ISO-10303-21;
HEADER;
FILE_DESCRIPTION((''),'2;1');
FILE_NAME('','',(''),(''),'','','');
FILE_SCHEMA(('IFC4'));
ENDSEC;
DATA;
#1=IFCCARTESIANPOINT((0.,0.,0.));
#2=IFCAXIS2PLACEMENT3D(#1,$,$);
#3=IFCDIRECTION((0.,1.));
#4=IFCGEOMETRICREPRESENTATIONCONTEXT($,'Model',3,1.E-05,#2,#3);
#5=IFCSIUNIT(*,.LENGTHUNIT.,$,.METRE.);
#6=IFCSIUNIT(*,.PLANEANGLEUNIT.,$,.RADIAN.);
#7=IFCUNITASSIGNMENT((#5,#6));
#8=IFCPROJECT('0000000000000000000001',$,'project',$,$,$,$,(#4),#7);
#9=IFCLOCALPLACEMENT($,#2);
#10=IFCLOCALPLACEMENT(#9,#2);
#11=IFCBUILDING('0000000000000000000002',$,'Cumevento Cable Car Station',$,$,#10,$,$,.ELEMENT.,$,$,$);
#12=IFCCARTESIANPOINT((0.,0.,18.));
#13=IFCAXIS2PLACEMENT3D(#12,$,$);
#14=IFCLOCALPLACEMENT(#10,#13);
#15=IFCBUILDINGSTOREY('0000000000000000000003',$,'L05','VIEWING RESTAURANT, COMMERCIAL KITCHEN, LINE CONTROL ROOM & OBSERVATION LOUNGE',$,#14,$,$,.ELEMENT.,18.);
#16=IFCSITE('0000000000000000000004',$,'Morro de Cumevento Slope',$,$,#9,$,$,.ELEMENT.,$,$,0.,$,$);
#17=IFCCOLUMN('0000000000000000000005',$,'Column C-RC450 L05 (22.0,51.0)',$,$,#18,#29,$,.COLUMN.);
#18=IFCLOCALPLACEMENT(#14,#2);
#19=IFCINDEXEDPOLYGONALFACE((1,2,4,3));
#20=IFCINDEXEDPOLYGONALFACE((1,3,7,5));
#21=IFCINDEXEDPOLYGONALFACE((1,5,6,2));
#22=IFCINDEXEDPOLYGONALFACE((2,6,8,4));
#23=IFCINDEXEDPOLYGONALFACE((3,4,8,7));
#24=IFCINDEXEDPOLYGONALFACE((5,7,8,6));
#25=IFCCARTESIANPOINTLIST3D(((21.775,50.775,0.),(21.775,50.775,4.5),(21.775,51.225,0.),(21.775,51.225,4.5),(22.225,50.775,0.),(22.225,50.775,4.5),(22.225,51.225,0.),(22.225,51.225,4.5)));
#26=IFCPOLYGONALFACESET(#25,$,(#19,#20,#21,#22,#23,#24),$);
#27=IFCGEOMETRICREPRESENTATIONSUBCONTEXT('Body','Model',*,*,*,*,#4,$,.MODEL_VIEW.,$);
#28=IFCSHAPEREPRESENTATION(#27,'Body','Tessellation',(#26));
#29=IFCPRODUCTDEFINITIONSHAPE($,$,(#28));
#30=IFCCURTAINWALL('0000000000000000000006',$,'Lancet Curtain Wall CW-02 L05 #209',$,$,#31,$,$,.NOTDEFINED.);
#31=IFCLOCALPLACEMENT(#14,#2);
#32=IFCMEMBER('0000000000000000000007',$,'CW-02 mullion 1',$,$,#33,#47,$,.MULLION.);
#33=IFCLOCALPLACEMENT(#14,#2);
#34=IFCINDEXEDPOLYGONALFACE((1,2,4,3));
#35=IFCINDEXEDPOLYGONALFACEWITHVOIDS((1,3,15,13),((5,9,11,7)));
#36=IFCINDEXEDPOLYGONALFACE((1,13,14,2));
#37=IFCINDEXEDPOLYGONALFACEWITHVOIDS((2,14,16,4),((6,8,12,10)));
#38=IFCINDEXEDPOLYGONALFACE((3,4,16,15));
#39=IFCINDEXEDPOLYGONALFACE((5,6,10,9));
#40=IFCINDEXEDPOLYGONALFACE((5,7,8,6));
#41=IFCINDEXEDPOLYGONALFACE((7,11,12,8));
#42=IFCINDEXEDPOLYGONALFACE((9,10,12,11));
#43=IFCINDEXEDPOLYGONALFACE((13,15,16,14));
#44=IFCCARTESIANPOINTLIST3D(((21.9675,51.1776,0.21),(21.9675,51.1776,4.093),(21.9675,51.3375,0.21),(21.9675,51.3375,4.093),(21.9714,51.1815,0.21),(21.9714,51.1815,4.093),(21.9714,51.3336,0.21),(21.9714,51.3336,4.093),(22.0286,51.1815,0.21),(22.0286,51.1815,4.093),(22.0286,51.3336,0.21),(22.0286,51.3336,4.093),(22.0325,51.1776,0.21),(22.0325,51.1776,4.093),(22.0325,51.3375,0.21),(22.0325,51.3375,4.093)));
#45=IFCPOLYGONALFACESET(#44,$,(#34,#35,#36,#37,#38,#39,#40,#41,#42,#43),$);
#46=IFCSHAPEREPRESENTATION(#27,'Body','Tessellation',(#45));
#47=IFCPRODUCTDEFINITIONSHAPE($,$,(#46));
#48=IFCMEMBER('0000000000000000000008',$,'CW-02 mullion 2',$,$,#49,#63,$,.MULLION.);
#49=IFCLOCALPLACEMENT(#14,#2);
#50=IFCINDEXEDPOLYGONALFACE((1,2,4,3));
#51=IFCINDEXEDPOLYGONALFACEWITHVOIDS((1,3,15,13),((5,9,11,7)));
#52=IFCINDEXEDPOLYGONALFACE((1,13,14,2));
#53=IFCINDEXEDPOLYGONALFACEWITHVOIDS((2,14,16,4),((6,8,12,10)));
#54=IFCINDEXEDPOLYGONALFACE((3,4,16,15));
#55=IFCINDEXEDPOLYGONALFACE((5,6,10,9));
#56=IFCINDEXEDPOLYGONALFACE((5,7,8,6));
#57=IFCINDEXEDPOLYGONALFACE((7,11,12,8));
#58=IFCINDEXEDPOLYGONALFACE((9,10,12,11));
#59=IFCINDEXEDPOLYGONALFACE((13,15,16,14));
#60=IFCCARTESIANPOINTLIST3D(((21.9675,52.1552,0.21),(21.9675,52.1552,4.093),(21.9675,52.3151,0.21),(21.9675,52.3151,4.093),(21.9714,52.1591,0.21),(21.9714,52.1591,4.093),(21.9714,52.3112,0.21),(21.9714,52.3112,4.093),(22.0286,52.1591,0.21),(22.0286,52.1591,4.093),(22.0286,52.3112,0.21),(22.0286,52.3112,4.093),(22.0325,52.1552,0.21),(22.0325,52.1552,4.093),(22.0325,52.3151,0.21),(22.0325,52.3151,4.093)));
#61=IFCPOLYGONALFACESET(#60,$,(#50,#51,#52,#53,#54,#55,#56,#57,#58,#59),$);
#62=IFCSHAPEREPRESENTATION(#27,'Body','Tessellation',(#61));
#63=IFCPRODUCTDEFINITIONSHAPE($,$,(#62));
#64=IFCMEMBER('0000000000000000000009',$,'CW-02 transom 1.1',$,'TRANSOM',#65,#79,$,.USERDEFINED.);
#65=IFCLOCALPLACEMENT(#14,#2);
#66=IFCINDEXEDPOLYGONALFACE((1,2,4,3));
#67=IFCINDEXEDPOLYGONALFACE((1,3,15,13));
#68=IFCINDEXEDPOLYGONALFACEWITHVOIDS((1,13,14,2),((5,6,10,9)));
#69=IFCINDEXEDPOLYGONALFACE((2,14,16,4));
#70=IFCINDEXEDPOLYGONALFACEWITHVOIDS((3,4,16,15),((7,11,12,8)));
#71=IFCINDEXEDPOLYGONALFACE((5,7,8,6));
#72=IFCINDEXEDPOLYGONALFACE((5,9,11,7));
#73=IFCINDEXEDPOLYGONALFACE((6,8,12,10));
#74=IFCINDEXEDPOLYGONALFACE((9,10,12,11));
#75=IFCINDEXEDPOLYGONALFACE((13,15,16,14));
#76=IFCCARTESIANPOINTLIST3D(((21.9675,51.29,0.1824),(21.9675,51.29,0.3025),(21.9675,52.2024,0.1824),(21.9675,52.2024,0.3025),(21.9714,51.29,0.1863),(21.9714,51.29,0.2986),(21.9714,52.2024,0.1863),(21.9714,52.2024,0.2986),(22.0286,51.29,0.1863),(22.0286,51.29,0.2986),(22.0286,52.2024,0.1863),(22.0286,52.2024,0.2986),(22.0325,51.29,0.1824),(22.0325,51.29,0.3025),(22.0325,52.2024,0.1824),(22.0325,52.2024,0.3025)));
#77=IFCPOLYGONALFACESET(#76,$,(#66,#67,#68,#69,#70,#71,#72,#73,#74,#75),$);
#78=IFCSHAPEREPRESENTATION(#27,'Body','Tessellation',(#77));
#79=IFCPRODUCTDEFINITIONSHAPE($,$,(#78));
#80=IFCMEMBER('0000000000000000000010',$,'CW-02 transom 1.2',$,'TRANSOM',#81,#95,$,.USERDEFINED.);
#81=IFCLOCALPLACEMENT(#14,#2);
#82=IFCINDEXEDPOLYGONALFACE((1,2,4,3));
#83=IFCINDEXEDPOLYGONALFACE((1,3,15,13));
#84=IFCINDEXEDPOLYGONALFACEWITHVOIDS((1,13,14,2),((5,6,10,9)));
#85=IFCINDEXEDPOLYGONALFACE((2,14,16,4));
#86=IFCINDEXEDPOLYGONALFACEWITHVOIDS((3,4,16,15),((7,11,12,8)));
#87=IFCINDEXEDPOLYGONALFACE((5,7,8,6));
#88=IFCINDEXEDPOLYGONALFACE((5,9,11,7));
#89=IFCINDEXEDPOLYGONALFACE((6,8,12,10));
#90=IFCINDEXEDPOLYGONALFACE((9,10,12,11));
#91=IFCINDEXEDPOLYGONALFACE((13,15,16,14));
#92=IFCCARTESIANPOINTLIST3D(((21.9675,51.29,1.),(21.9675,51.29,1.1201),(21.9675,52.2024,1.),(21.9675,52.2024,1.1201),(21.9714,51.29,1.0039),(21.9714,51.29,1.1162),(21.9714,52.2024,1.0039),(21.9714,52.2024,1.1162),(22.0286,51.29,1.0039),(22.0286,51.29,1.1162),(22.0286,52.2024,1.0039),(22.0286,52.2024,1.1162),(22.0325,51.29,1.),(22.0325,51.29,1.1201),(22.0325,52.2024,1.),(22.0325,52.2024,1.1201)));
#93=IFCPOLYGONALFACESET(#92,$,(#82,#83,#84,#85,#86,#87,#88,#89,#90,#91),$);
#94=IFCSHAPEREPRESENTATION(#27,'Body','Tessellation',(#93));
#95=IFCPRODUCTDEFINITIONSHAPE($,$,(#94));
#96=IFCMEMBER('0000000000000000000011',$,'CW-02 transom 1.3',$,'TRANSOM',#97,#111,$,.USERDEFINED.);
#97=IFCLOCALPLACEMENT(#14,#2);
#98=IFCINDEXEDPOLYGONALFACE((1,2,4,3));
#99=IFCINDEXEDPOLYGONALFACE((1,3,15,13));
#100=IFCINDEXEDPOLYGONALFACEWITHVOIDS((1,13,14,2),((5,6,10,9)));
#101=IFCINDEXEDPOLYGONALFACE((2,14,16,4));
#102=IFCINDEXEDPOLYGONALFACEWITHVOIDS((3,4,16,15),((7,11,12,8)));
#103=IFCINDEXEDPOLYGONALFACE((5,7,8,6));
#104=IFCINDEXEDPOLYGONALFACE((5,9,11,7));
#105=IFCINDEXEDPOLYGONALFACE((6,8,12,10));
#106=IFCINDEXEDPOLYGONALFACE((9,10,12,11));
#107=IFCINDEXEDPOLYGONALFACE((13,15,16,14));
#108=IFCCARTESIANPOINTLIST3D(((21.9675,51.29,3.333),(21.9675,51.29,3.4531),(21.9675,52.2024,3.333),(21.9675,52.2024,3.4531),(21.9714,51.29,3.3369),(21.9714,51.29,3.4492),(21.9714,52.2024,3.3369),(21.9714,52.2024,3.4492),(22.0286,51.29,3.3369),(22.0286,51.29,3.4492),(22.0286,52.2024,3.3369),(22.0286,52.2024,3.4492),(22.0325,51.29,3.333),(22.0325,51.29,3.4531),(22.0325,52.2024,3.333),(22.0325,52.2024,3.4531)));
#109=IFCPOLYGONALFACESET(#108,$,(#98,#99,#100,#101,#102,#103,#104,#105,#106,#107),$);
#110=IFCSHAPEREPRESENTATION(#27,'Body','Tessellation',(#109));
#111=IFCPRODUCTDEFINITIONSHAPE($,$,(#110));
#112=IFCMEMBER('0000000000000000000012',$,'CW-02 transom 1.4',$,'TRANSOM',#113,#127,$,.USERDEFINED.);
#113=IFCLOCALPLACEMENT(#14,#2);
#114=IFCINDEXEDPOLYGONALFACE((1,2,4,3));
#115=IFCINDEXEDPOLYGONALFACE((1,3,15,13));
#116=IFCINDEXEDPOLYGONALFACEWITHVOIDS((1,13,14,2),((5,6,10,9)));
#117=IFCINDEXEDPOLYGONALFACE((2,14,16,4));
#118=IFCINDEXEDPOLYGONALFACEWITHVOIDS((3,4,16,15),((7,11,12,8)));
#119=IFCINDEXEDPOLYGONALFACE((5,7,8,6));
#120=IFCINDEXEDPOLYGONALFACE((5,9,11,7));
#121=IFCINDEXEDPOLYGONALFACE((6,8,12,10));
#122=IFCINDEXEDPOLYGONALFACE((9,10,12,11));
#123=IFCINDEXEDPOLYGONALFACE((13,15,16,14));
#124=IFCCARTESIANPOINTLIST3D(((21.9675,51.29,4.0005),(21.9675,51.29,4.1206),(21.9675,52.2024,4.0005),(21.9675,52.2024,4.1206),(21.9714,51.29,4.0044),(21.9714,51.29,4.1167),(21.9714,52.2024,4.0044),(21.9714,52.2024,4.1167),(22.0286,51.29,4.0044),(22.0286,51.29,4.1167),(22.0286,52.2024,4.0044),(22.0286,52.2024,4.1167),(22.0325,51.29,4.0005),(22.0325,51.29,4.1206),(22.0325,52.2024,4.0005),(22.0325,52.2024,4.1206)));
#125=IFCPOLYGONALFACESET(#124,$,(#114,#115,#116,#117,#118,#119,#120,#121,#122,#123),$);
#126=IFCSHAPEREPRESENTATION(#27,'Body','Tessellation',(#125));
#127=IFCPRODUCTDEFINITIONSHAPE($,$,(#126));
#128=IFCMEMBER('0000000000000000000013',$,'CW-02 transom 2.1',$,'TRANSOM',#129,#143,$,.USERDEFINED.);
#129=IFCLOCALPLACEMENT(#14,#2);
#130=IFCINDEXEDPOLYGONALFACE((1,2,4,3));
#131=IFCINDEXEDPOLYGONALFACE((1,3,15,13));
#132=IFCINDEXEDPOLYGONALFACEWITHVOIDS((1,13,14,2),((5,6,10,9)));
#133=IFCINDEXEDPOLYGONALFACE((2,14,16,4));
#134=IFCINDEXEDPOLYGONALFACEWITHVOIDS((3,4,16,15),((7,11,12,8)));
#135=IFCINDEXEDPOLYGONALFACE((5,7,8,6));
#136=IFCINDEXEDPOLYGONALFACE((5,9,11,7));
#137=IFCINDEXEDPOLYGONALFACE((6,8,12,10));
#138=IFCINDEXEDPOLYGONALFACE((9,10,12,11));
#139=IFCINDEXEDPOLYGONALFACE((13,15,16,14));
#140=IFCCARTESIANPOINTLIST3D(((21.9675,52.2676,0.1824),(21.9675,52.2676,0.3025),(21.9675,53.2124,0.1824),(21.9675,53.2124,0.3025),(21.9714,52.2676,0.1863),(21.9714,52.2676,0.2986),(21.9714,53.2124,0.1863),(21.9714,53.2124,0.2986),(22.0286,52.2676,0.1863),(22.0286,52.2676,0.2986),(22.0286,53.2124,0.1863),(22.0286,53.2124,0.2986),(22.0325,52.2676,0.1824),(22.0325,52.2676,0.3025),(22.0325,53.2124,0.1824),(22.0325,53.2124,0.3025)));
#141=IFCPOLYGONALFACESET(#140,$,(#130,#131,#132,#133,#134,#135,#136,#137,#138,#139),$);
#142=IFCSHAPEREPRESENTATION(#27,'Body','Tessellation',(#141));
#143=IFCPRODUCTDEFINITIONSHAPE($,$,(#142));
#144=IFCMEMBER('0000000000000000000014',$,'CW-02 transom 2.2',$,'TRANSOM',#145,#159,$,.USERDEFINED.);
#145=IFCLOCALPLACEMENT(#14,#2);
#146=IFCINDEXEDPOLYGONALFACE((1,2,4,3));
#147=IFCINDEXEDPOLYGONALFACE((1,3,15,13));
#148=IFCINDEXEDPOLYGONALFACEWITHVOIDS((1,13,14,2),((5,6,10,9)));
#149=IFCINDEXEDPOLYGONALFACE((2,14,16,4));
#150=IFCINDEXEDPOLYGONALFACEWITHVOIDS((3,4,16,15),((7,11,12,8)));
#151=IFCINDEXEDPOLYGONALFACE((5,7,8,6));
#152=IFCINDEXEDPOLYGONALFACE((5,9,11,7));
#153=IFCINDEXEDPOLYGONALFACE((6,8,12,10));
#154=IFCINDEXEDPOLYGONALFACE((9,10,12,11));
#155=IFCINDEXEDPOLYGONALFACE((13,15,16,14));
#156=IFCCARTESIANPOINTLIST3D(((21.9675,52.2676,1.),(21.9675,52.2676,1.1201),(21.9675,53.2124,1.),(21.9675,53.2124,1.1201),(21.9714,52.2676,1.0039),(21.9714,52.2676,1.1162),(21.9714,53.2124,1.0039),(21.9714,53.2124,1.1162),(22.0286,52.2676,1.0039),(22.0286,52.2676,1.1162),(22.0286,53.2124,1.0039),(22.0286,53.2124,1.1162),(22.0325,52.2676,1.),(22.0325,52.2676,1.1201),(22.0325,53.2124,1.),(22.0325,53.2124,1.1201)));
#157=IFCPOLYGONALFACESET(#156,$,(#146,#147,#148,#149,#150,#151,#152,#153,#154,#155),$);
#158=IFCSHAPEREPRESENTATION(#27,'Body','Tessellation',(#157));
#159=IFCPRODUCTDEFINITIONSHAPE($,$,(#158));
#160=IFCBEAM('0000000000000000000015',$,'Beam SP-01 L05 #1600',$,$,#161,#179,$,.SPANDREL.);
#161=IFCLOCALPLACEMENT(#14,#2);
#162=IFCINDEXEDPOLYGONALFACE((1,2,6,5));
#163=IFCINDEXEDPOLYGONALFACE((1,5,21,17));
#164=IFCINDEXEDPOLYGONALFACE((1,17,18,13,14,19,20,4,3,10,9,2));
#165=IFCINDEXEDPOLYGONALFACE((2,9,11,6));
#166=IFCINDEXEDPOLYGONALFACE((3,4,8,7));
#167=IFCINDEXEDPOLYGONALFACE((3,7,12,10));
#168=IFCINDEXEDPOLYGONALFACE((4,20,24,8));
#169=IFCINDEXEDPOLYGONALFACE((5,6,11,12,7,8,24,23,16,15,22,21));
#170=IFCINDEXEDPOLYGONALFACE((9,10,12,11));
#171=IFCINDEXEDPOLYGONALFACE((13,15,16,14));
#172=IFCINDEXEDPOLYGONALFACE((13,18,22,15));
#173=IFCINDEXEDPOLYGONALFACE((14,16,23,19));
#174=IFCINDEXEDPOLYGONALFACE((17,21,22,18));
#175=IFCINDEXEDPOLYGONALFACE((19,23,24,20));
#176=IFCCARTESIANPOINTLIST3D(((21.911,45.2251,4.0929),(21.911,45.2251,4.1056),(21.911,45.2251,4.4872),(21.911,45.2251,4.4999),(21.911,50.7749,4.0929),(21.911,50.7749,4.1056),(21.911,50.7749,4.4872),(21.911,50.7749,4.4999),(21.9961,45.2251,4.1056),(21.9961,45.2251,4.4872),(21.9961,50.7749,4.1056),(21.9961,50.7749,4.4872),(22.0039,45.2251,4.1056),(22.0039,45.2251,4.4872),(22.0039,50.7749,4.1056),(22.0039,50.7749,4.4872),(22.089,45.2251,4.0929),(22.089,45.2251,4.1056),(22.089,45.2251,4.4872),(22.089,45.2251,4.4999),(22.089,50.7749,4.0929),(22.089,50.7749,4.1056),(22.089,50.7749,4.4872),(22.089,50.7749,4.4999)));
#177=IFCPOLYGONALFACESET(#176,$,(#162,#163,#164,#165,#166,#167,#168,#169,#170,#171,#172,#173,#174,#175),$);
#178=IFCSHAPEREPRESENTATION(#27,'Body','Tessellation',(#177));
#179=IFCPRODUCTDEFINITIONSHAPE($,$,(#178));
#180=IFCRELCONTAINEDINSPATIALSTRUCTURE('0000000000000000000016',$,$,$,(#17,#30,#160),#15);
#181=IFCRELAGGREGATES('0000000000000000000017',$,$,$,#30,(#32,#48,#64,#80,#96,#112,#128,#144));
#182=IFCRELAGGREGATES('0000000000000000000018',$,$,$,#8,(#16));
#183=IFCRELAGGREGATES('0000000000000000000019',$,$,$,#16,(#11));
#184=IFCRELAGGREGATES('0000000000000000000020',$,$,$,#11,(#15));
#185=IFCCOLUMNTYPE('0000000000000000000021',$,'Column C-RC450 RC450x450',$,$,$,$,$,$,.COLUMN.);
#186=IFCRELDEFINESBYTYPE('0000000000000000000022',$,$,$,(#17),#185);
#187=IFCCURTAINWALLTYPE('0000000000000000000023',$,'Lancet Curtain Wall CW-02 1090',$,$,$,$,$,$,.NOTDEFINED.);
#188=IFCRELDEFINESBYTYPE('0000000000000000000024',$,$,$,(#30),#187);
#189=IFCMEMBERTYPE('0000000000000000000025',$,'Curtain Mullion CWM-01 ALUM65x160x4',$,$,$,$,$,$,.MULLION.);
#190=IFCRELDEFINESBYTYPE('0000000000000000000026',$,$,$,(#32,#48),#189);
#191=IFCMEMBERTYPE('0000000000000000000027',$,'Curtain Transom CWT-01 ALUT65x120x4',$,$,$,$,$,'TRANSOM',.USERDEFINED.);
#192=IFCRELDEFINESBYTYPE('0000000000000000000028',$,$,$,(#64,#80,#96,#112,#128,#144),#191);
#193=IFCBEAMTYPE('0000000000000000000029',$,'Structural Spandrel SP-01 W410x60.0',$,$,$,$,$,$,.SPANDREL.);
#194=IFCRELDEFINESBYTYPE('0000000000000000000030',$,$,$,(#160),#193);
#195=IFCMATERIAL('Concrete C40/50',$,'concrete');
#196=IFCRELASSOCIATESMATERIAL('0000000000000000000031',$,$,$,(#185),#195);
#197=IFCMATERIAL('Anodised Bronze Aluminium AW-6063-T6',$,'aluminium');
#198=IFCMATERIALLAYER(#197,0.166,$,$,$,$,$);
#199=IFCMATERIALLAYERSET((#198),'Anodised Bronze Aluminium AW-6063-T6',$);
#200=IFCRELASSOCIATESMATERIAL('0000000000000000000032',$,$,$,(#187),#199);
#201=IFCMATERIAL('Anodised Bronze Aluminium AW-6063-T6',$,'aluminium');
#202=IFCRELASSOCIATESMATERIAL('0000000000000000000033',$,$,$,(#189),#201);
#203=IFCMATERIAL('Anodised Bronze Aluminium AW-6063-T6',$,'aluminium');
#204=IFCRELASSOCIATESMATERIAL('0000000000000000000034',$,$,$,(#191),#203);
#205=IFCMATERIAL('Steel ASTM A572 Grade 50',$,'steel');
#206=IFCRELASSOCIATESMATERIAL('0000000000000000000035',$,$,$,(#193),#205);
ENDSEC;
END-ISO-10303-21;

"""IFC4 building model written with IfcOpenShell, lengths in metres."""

from ifc_helpers import new_model, si_unit, direction, frame, origin, origin_2d, place, context, subcontext, project, spatial, rectangle, hollow_rectangle, i_section, extrude, material, layer, layer_set, material_profile, profile_set, type_object, element, aggregate, save


model = new_model("IFC4")

# Units and contexts
model_context = context("Model", 3, precision=1e-05, world=origin(), true_north=direction((0.0, 1.0)))
body_context = subcontext(model_context, "Body", "Model", "MODEL_VIEW")
ifc_project = project(units=[si_unit("LENGTHUNIT", "METRE"), si_unit("PLANEANGLEUNIT", "RADIAN")], contexts=[model_context])

# Site, building, storey
site_placement = place(None, origin())
site = spatial("IfcSite", under=ifc_project, at=site_placement, Name="Morro de Cumevento Slope", CompositionType="ELEMENT", RefElevation=0.0)
building_placement = place(site_placement, origin())
building = spatial("IfcBuilding", under=site, at=building_placement, Name="Cumevento Cable Car Station", CompositionType="ELEMENT")
storey_placement = place(building_placement, frame((0.0, 0.0, 18.0)))
storey = spatial("IfcBuildingStorey", under=building, at=storey_placement, Name="L05", Description="VIEWING RESTAURANT, COMMERCIAL KITCHEN, LINE CONTROL ROOM & OBSERVATION LOUNGE", CompositionType="ELEMENT", Elevation=18.0)

# Column
ifc_material_1 = material(Name="Concrete C40/50", Category="concrete")
ifc_material_profile_1 = material_profile(ifc_material_1, rectangle(XDim=0.45, YDim=0.45, at=origin_2d()), Name="RC450x450")
ifc_profile_set_1 = profile_set([ifc_material_profile_1], Name="Concrete C40/50")
column_type = type_object("IfcColumnType", Name="Column C-RC450 RC450x450", PredefinedType="COLUMN", material=ifc_profile_set_1)
column_placement = place(storey_placement, frame((22.0, 51.0, 0.0), z_axis=(0.0, 0.0, 1.0), x_axis=(1.0, 0.0, 0.0)))
element("IfcColumn", 1, at=column_placement, inside=storey, type_object=column_type, Name="Column C-RC450 L05 (22.0,51.0)", PredefinedType="COLUMN", context=body_context, shape_type="SweptSolid", body=[
    extrude(rectangle(XDim=0.45, YDim=0.45, at=origin_2d()), origin(), (0.0, 0.0, 1.0), 4.5),
])

# Curtain wall, members
ifc_material_2 = material(Name="Anodised Bronze Aluminium AW-6063-T6", Category="aluminium")
ifc_layer_1 = layer(ifc_material_2, 0.166)
ifc_layer_set_1 = layer_set([ifc_layer_1], Name="Anodised Bronze Aluminium AW-6063-T6")
curtain_wall_type = type_object("IfcCurtainWallType", Name="Lancet Curtain Wall CW-02 1090", PredefinedType="NOTDEFINED", material=ifc_layer_set_1)
curtain_wall_placement = place(storey_placement, origin())
curtain_wall = element("IfcCurtainWall", 2, at=curtain_wall_placement, inside=storey, type_object=curtain_wall_type, Name="Lancet Curtain Wall CW-02 L05 #209", PredefinedType="NOTDEFINED")
ifc_material_3 = material(Name="Anodised Bronze Aluminium AW-6063-T6", Category="aluminium")
ifc_material_profile_2 = material_profile(ifc_material_3, hollow_rectangle(XDim=0.0649, YDim=0.1599, WallThickness=0.0039, at=origin_2d()), Name="ALUM65x160x4")
ifc_profile_set_2 = profile_set([ifc_material_profile_2], Name="Anodised Bronze Aluminium AW-6063-T6")
member_type_1 = type_object("IfcMemberType", Name="Curtain Mullion CWM-01 ALUM65x160x4", PredefinedType="MULLION", material=ifc_profile_set_2)
member_1_placement = place(storey_placement, frame((22.0, 51.2576, 0.21), z_axis=(0.0, 0.0, 1.0), x_axis=(-1.0, 0.0, 0.0)))
member_1 = element("IfcMember", 3, at=member_1_placement, type_object=member_type_1, Name="CW-02 mullion 1", PredefinedType="MULLION", context=body_context, shape_type="SweptSolid", body=[
    extrude(hollow_rectangle(XDim=0.0649, YDim=0.1599, WallThickness=0.0039, at=origin_2d()), origin(), (0.0, 0.0, 1.0), 3.8831),
])
member_2_placement = place(storey_placement, frame((22.0, 52.2351, 0.21), z_axis=(0.0, 0.0, 1.0), x_axis=(-1.0, 0.0, 0.0)))
member_2 = element("IfcMember", 4, at=member_2_placement, type_object=member_type_1, Name="CW-02 mullion 2", PredefinedType="MULLION", context=body_context, shape_type="SweptSolid", body=[
    extrude(hollow_rectangle(XDim=0.0649, YDim=0.1599, WallThickness=0.0039, at=origin_2d()), origin(), (0.0, 0.0, 1.0), 3.8831),
])
ifc_material_4 = material(Name="Anodised Bronze Aluminium AW-6063-T6", Category="aluminium")
ifc_material_profile_3 = material_profile(ifc_material_4, hollow_rectangle(XDim=0.0649, YDim=0.1201, WallThickness=0.0039, at=origin_2d()), Name="ALUT65x120x4")
ifc_profile_set_3 = profile_set([ifc_material_profile_3], Name="Anodised Bronze Aluminium AW-6063-T6")
member_type_2 = type_object("IfcMemberType", Name="Curtain Transom CWT-01 ALUT65x120x4", ElementType="TRANSOM", PredefinedType="USERDEFINED", material=ifc_profile_set_3)
member_3_placement = place(storey_placement, frame((22.0, 51.29, 0.2424), z_axis=(0.0, 1.0, 0.0), x_axis=(-1.0, 0.0, 0.0)))
member_3 = element("IfcMember", 5, at=member_3_placement, type_object=member_type_2, Name="CW-02 transom 1.1", ObjectType="TRANSOM", PredefinedType="USERDEFINED", context=body_context, shape_type="SweptSolid", body=[
    extrude(hollow_rectangle(XDim=0.0649, YDim=0.1201, WallThickness=0.0039, at=origin_2d()), origin(), (0.0, 0.0, 1.0), 0.9124),
])
member_4_placement = place(storey_placement, frame((22.0, 51.29, 1.0601), z_axis=(0.0, 1.0, 0.0), x_axis=(-1.0, 0.0, 0.0)))
member_4 = element("IfcMember", 6, at=member_4_placement, type_object=member_type_2, Name="CW-02 transom 1.2", ObjectType="TRANSOM", PredefinedType="USERDEFINED", context=body_context, shape_type="SweptSolid", body=[
    extrude(hollow_rectangle(XDim=0.0649, YDim=0.1201, WallThickness=0.0039, at=origin_2d()), origin(), (0.0, 0.0, 1.0), 0.9124),
])
member_5_placement = place(storey_placement, frame((22.0, 51.29, 3.3931), z_axis=(0.0, 1.0, 0.0), x_axis=(-1.0, 0.0, 0.0)))
member_5 = element("IfcMember", 7, at=member_5_placement, type_object=member_type_2, Name="CW-02 transom 1.3", ObjectType="TRANSOM", PredefinedType="USERDEFINED", context=body_context, shape_type="SweptSolid", body=[
    extrude(hollow_rectangle(XDim=0.0649, YDim=0.1201, WallThickness=0.0039, at=origin_2d()), origin(), (0.0, 0.0, 1.0), 0.9124),
])
member_6_placement = place(storey_placement, frame((22.0, 51.29, 4.0605), z_axis=(0.0, 1.0, 0.0), x_axis=(-1.0, 0.0, 0.0)))
member_6 = element("IfcMember", 8, at=member_6_placement, type_object=member_type_2, Name="CW-02 transom 1.4", ObjectType="TRANSOM", PredefinedType="USERDEFINED", context=body_context, shape_type="SweptSolid", body=[
    extrude(hollow_rectangle(XDim=0.0649, YDim=0.1201, WallThickness=0.0039, at=origin_2d()), origin(), (0.0, 0.0, 1.0), 0.9124),
])
member_7_placement = place(storey_placement, frame((22.0, 52.2676, 0.2424), z_axis=(0.0, 1.0, 0.0), x_axis=(-1.0, 0.0, 0.0)))
member_7 = element("IfcMember", 9, at=member_7_placement, type_object=member_type_2, Name="CW-02 transom 2.1", ObjectType="TRANSOM", PredefinedType="USERDEFINED", context=body_context, shape_type="SweptSolid", body=[
    extrude(hollow_rectangle(XDim=0.0649, YDim=0.1201, WallThickness=0.0039, at=origin_2d()), origin(), (0.0, 0.0, 1.0), 0.9448),
])
member_8_placement = place(storey_placement, frame((22.0, 52.2676, 1.0601), z_axis=(0.0, 1.0, 0.0), x_axis=(-1.0, 0.0, 0.0)))
member_8 = element("IfcMember", 10, at=member_8_placement, type_object=member_type_2, Name="CW-02 transom 2.2", ObjectType="TRANSOM", PredefinedType="USERDEFINED", context=body_context, shape_type="SweptSolid", body=[
    extrude(hollow_rectangle(XDim=0.0649, YDim=0.1201, WallThickness=0.0039, at=origin_2d()), origin(), (0.0, 0.0, 1.0), 0.9448),
])

# Beam
ifc_material_5 = material(Name="Steel ASTM A572 Grade 50", Category="steel")
ifc_material_profile_4 = material_profile(ifc_material_5, i_section(OverallWidth=0.178, OverallDepth=0.407, WebThickness=0.0078, FlangeThickness=0.0127, at=origin_2d()), Name="W410x60.0")
ifc_profile_set_4 = profile_set([ifc_material_profile_4], Name="Steel ASTM A572 Grade 50")
beam_type = type_object("IfcBeamType", Name="Structural Spandrel SP-01 W410x60.0", PredefinedType="SPANDREL", material=ifc_profile_set_4)
beam_1_placement = place(storey_placement, frame((22.0, 45.2251, 4.2964), z_axis=(0.0, 1.0, 0.0), x_axis=(-1.0, 0.0, 0.0)))
element("IfcBeam", 11, at=beam_1_placement, inside=storey, type_object=beam_type, Name="Beam SP-01 L05 #1600", PredefinedType="SPANDREL", context=body_context, shape_type="SweptSolid", body=[
    extrude(i_section(OverallWidth=0.178, OverallDepth=0.407, WebThickness=0.0078, FlangeThickness=0.0127, at=origin_2d()), origin(), (0.0, 0.0, 1.0), 5.5498),
])

aggregate(curtain_wall, [member_1, member_2, member_3, member_4, member_5, member_6, member_7, member_8])

save(model, "model.ifc")
